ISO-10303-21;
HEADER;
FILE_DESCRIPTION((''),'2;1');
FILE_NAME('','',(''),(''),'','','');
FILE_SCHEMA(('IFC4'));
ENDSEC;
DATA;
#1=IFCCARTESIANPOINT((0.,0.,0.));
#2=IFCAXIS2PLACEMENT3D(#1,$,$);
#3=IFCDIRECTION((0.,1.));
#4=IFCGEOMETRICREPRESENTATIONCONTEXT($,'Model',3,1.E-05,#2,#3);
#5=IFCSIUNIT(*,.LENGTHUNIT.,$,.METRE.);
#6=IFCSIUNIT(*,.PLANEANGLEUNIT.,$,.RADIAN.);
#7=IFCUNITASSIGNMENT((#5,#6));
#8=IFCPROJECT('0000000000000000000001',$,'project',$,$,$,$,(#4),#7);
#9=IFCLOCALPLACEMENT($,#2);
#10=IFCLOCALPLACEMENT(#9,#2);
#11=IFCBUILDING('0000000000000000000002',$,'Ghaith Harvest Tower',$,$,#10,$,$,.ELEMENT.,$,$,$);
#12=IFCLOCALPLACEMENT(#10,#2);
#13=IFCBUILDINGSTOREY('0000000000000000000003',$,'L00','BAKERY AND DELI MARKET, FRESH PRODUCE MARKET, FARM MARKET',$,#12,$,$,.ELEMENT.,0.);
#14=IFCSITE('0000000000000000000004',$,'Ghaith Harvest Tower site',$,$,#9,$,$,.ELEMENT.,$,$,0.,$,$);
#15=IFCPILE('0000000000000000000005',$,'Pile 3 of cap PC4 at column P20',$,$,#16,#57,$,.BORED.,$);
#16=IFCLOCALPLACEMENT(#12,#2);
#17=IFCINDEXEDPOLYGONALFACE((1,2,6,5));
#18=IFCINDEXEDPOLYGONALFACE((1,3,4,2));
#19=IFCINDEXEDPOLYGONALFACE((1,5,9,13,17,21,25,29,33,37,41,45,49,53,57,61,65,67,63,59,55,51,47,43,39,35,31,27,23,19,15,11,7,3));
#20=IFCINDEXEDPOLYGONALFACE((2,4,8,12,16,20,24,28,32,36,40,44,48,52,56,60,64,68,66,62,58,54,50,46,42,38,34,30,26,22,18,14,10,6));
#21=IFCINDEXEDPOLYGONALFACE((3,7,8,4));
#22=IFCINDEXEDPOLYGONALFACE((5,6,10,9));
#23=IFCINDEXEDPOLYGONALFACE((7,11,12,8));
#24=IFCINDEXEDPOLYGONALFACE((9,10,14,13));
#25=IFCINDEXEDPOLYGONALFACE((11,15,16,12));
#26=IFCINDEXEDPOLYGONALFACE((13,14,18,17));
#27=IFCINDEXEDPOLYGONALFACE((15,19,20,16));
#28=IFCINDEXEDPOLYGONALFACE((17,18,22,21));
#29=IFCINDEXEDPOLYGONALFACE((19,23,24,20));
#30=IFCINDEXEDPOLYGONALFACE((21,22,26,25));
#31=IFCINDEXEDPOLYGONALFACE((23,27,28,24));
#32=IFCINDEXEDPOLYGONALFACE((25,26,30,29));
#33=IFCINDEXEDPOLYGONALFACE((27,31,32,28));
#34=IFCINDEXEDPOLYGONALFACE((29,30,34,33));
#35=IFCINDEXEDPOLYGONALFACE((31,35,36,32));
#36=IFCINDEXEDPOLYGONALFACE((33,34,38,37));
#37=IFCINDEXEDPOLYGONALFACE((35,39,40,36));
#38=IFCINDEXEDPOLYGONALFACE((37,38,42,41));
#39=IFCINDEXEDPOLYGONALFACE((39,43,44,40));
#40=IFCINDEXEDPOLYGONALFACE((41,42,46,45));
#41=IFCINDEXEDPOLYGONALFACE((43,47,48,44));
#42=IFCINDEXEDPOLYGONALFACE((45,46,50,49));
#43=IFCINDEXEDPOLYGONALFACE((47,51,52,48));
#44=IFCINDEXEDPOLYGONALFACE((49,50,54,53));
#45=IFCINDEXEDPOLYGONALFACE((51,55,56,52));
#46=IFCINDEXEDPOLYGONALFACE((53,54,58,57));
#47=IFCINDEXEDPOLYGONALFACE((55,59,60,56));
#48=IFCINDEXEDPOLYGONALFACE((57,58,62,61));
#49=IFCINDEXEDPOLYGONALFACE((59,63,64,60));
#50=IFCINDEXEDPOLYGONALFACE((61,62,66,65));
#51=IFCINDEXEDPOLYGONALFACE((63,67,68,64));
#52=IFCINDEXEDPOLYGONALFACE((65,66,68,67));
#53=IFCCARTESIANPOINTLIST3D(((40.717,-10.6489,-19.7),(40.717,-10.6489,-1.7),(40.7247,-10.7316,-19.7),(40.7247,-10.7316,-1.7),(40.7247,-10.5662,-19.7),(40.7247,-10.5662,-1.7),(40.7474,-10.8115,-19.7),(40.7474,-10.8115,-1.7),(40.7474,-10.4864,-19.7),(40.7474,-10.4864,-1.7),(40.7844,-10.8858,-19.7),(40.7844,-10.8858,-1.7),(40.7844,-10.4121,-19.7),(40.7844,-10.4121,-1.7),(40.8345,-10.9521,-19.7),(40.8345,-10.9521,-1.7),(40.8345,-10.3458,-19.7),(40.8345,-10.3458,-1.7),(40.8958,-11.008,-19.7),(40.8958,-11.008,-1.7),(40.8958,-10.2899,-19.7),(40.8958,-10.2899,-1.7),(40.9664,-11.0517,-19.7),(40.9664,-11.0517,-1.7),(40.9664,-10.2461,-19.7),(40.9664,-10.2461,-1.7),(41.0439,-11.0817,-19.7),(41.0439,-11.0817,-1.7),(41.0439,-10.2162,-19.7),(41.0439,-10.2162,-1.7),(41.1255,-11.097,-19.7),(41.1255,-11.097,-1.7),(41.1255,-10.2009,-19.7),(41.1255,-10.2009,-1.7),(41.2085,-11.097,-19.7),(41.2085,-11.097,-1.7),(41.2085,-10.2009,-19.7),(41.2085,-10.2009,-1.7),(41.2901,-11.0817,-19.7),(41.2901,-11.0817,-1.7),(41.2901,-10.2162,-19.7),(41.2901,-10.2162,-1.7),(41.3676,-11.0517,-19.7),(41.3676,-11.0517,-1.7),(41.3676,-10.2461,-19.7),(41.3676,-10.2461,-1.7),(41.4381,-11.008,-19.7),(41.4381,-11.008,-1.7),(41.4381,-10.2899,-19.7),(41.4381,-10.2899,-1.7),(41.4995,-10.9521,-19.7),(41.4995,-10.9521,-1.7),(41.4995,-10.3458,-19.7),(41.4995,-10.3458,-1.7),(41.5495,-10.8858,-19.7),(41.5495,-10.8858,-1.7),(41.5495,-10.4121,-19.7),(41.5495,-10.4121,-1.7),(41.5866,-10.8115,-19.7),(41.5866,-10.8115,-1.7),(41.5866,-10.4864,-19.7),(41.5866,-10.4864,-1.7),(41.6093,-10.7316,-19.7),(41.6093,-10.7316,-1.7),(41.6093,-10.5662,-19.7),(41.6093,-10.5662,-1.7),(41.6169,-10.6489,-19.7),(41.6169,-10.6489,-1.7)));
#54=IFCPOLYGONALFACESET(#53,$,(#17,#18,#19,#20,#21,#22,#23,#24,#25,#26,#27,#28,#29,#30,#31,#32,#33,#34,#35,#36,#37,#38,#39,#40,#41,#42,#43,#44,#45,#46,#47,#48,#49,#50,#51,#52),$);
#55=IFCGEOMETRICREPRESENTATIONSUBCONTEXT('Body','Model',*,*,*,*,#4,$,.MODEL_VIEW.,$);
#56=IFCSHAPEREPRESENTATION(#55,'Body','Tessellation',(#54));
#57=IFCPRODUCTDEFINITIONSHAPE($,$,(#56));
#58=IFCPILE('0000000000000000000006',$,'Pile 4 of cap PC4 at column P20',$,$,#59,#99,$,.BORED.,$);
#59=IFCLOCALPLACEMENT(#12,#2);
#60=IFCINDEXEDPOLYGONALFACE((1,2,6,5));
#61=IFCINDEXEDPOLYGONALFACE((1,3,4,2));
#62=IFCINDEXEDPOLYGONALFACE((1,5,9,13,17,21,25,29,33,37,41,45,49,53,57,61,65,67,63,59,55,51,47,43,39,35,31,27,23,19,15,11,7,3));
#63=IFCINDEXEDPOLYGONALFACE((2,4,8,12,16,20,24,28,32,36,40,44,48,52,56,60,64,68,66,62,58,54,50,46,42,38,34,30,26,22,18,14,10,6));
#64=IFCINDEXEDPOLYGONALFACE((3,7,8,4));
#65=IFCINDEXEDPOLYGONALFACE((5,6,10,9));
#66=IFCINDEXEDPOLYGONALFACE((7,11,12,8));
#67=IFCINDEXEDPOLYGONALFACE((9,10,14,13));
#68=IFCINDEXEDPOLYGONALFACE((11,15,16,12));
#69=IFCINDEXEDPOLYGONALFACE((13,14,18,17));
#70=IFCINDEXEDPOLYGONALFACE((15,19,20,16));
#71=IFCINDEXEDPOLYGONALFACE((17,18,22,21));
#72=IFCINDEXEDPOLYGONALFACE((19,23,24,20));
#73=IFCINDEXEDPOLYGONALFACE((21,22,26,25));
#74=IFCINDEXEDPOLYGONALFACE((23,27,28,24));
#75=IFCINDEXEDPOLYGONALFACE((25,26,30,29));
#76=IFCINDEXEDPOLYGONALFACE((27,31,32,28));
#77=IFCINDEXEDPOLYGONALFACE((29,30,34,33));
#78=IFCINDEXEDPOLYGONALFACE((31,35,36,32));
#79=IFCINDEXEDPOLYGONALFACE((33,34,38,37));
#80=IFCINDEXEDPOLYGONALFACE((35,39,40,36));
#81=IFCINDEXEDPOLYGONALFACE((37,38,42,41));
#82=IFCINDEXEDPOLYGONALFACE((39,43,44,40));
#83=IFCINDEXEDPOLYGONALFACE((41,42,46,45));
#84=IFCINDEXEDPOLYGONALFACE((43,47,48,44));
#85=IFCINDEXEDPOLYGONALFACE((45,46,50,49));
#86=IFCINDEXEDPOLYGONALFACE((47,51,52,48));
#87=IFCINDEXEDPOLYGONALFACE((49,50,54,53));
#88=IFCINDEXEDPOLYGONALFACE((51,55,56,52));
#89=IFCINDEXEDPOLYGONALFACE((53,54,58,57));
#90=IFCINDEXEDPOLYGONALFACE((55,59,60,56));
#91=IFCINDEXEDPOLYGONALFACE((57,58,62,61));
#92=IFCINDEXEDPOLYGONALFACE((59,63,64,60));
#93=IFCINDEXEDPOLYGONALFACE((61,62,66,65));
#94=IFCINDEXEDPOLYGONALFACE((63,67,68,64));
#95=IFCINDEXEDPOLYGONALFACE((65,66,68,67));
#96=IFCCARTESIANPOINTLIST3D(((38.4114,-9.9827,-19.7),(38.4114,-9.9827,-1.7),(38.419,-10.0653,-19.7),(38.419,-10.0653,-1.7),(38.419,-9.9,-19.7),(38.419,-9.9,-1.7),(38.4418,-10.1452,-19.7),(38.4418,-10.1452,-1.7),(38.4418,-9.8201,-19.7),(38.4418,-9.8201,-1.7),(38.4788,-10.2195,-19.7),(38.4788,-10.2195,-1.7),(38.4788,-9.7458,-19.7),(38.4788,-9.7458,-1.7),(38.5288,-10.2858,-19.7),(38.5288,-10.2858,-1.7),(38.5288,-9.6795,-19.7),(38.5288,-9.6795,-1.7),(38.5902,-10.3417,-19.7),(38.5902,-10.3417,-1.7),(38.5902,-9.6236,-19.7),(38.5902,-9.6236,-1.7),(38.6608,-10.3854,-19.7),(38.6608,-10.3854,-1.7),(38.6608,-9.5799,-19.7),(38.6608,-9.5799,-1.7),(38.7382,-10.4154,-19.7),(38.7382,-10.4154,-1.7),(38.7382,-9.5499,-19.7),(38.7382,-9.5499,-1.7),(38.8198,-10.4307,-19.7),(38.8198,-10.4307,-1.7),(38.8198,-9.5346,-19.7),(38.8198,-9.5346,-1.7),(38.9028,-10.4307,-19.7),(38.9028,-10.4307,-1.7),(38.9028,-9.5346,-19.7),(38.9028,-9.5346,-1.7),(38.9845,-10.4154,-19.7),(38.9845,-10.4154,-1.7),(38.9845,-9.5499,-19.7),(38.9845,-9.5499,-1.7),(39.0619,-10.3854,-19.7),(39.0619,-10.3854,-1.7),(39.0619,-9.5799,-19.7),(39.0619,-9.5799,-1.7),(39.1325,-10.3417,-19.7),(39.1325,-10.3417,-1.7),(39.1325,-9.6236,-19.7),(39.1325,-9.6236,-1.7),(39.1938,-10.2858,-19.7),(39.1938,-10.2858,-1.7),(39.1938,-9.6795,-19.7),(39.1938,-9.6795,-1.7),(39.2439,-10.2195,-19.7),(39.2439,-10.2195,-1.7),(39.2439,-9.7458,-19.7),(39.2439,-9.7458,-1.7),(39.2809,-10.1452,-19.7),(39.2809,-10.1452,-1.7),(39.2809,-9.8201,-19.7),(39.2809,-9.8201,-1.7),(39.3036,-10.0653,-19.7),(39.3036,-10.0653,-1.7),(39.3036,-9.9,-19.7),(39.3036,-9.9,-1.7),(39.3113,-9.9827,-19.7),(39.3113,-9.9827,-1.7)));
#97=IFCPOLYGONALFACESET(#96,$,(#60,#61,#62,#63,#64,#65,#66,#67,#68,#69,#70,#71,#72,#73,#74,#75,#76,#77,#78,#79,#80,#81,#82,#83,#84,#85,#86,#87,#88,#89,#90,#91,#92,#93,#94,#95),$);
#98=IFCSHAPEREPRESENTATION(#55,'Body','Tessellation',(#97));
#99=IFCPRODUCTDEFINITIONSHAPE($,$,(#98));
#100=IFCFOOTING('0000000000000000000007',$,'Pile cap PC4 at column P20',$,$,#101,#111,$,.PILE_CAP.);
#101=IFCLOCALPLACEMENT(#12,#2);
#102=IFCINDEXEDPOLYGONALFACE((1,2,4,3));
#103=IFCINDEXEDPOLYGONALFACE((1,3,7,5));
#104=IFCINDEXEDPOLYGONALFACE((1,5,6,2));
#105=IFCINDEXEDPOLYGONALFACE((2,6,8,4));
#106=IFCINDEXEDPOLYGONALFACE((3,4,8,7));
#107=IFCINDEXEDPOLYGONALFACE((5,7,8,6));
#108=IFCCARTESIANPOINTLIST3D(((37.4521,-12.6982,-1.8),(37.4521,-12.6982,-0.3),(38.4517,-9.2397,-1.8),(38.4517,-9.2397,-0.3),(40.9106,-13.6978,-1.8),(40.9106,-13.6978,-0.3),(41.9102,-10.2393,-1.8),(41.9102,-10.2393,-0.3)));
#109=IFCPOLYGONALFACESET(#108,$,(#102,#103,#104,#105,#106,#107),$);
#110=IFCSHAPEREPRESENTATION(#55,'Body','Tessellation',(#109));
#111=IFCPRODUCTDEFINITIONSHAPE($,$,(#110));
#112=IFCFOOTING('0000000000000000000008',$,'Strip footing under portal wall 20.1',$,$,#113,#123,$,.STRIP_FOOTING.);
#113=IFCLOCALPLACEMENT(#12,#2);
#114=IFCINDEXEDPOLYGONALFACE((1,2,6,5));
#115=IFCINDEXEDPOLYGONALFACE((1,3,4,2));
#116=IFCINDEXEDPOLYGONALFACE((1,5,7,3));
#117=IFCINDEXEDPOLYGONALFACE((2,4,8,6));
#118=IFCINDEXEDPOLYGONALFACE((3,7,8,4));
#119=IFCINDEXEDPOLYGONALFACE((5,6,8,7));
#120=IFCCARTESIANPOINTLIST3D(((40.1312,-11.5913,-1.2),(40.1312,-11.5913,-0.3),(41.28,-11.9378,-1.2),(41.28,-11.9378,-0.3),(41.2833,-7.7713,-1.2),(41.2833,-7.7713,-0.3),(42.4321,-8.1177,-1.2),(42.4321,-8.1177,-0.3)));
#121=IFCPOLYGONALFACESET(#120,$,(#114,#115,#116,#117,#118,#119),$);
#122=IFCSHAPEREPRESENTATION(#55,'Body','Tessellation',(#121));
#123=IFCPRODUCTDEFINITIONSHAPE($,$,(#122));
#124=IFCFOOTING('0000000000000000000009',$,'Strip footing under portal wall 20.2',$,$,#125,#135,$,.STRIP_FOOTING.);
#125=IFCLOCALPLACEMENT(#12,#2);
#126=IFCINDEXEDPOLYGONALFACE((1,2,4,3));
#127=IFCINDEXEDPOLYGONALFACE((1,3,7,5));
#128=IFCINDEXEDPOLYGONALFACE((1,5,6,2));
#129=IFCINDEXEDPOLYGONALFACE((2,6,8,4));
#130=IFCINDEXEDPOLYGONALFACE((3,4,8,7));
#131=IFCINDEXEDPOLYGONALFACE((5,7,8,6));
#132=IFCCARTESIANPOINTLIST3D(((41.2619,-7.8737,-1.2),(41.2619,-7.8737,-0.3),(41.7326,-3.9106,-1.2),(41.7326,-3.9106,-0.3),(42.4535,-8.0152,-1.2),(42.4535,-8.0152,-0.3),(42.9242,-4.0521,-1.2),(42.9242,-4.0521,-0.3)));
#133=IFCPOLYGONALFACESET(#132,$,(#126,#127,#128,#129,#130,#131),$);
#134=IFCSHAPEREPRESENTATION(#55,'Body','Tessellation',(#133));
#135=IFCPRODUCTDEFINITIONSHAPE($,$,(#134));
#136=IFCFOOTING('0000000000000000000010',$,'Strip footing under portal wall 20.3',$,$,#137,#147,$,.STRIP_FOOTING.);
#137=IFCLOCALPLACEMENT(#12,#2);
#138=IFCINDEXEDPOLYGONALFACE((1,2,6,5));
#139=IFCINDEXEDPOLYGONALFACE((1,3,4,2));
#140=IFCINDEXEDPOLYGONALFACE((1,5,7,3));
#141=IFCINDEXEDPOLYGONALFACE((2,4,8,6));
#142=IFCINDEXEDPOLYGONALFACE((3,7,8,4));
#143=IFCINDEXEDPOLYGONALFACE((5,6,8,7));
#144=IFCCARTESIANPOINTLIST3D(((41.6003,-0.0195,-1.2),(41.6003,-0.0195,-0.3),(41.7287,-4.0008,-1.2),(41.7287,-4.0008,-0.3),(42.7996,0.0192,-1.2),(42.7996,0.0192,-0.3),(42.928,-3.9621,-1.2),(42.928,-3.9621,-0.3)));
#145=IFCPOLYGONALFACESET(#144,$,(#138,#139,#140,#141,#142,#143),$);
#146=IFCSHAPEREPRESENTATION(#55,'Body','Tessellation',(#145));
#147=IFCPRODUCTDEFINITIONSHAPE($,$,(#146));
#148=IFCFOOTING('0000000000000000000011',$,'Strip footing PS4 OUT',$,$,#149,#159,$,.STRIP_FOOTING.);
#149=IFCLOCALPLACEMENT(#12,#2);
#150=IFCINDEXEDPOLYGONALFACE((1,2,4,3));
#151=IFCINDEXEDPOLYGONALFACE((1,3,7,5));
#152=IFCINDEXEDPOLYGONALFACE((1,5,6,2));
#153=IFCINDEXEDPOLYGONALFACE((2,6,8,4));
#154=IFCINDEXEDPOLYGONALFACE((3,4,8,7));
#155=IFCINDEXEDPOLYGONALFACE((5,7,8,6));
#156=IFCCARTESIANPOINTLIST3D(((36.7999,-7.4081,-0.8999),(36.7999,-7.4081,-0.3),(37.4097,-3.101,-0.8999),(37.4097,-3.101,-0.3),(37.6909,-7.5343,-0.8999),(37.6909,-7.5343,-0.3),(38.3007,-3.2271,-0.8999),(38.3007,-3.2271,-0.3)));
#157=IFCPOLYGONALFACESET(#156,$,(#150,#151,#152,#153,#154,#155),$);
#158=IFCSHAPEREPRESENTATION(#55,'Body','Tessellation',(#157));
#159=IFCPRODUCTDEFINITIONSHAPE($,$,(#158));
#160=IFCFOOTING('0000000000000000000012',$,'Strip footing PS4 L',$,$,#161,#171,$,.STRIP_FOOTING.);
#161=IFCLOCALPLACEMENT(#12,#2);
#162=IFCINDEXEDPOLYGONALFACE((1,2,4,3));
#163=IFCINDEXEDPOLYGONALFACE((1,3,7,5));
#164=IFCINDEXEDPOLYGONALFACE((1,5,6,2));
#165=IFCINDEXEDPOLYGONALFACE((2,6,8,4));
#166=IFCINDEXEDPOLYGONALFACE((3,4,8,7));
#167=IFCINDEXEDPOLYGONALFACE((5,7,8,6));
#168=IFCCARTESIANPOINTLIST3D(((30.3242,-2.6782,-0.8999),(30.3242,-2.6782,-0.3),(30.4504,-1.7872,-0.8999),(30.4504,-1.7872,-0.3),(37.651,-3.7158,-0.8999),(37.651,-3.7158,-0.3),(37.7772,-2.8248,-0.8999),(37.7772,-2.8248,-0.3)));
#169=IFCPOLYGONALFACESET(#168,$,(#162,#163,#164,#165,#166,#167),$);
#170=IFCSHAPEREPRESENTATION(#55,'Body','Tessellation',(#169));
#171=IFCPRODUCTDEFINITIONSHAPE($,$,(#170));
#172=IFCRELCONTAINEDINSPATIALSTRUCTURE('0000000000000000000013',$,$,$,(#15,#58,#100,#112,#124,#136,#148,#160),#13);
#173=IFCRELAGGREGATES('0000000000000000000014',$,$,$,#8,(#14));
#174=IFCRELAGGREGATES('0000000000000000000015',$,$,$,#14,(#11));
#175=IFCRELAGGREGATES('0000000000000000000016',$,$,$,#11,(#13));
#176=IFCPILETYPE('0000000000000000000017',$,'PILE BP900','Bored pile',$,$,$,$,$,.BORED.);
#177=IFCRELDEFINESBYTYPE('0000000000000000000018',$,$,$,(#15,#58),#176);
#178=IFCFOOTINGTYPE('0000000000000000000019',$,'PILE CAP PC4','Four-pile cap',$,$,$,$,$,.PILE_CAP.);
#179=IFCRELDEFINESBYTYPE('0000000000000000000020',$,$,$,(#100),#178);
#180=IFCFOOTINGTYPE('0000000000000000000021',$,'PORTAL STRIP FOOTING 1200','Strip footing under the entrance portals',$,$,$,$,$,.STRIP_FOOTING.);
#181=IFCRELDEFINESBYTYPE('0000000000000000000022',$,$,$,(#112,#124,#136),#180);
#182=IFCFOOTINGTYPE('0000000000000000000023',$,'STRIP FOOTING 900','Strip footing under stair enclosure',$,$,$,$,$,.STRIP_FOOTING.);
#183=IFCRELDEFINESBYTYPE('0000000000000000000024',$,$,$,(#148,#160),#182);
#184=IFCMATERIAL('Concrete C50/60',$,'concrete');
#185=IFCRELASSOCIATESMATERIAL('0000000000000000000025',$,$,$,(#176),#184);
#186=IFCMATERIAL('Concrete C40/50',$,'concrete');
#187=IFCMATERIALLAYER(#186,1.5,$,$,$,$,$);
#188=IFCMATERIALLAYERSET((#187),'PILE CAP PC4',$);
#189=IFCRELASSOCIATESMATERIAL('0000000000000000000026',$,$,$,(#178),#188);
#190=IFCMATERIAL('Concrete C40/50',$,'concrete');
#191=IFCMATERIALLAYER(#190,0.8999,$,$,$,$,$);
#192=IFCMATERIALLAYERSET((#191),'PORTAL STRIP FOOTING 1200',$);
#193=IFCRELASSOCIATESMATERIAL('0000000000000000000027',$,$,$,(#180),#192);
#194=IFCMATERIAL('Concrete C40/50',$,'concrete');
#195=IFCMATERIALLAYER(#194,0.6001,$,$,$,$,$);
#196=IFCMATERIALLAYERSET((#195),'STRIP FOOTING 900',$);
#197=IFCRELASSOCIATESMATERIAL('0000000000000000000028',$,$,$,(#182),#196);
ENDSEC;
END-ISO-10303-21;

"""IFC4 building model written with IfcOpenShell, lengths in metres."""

from ifc_helpers import new_model, si_unit, direction, frame, frame_2d, origin, origin_2d, place, context, subcontext, project, spatial, rectangle, circle, extrude, material, layer, layer_set, material_profile, profile_set, type_object, element, save


model = new_model("IFC4")

# Units and contexts
model_context = context("Model", 3, precision=1e-05, world=origin(), true_north=direction((0.0, 1.0)))
body_context = subcontext(model_context, "Body", "Model", "MODEL_VIEW")
ifc_project = project(units=[si_unit("LENGTHUNIT", "METRE"), si_unit("PLANEANGLEUNIT", "RADIAN")], contexts=[model_context])

# Site, building, storey
site_placement = place(None, origin())
site = spatial("IfcSite", under=ifc_project, at=site_placement, Name="Ghaith Harvest Tower site", CompositionType="ELEMENT", RefElevation=0.0)
building_placement = place(site_placement, origin())
building = spatial("IfcBuilding", under=site, at=building_placement, Name="Ghaith Harvest Tower", CompositionType="ELEMENT")
storey_placement = place(building_placement, origin())
storey = spatial("IfcBuildingStorey", under=building, at=storey_placement, Name="L00", Description="BAKERY AND DELI MARKET, FRESH PRODUCE MARKET, FARM MARKET", CompositionType="ELEMENT", Elevation=0.0)

# Piles
ifc_material_1 = material(Name="Concrete C50/60", Category="concrete")
ifc_material_profile_1 = material_profile(ifc_material_1, circle(Radius=0.45, at=origin_2d()), Name="PILE900")
ifc_profile_set_1 = profile_set([ifc_material_profile_1], Name="Concrete C50/60")
pile_type = type_object("IfcPileType", Name="PILE BP900", Description="Bored pile", PredefinedType="BORED", material=ifc_profile_set_1)
for number, where, z_axis, x_axis, name in (
    (1, (41.167, -10.6489, -1.7), (0.0, 0.0, -1.0), (1.0, 0.0, 0.0), "Pile 3 of cap PC4 at column P20"),
    (2, (38.8613, -9.9827, -1.7), (0.0, 0.0, -1.0), (1.0, 0.0, 0.0), "Pile 4 of cap PC4 at column P20"),
):
    element("IfcPile", number, at=place(storey_placement, frame(where, z_axis=z_axis, x_axis=x_axis)), inside=storey, type_object=pile_type, Name=name, PredefinedType="BORED", context=body_context, shape_type="SweptSolid", body=[
        extrude(circle(Radius=0.45, at=origin_2d()), origin(), (0.0, 0.0, 1.0), 18.0),
    ])

# Footings
ifc_material_2 = material(Name="Concrete C40/50", Category="concrete")
ifc_layer_1 = layer(ifc_material_2, 1.5)
ifc_layer_set_1 = layer_set([ifc_layer_1], Name="PILE CAP PC4")
footing_type_1 = type_object("IfcFootingType", Name="PILE CAP PC4", Description="Four-pile cap", PredefinedType="PILE_CAP", material=ifc_layer_set_1)
footing_1_placement = place(storey_placement, frame((39.6812, -11.4688, -1.8), z_axis=(0.0, 0.0, 1.0), x_axis=(0.96068, -0.277657, 0.0)))
element("IfcFooting", 3, at=footing_1_placement, inside=storey, type_object=footing_type_1, Name="Pile cap PC4 at column P20", PredefinedType="PILE_CAP", context=body_context, shape_type="SweptSolid", body=[
    extrude(rectangle(XDim=3.6001, YDim=3.6001, at=origin_2d()), origin(), (0.0, 0.0, 1.0), 1.5),
])
ifc_material_3 = material(Name="Concrete C40/50", Category="concrete")
ifc_layer_2 = layer(ifc_material_3, 0.8999)
ifc_layer_set_2 = layer_set([ifc_layer_2], Name="PORTAL STRIP FOOTING 1200")
footing_type_2 = type_object("IfcFootingType", Name="PORTAL STRIP FOOTING 1200", Description="Strip footing under the entrance portals", PredefinedType="STRIP_FOOTING", material=ifc_layer_set_2)
footing_2_placement = place(storey_placement, frame((40.7056, -11.7646, -1.2), z_axis=(0.0, 0.0, 1.0), x_axis=(0.288745, 0.957406, 0.0)))
element("IfcFooting", 4, at=footing_2_placement, inside=storey, type_object=footing_type_2, Name="Strip footing under portal wall 20.1", PredefinedType="STRIP_FOOTING", context=body_context, shape_type="SweptSolid", body=[
    extrude(rectangle(XDim=3.99, YDim=1.2, at=frame_2d((1.9951, 0.0))), origin(), (0.0, 0.0, 1.0), 0.8999),
])
footing_3_placement = place(storey_placement, frame((41.8577, -7.9446, -1.2), z_axis=(0.0, 0.0, 1.0), x_axis=(0.117941, 0.993021, 0.0)))
element("IfcFooting", 5, at=footing_3_placement, inside=storey, type_object=footing_type_2, Name="Strip footing under portal wall 20.2", PredefinedType="STRIP_FOOTING", context=body_context, shape_type="SweptSolid", body=[
    extrude(rectangle(XDim=3.991, YDim=1.2, at=frame_2d((1.9956, 0.0))), origin(), (0.0, 0.0, 1.0), 0.8999),
])
footing_4_placement = place(storey_placement, frame((42.3284, -3.9814, -1.2), z_axis=(0.0, 0.0, 1.0), x_axis=(-0.032237, 0.99948, 0.0)))
element("IfcFooting", 6, at=footing_4_placement, inside=storey, type_object=footing_type_2, Name="Strip footing under portal wall 20.3", PredefinedType="STRIP_FOOTING", context=body_context, shape_type="SweptSolid", body=[
    extrude(rectangle(XDim=3.9834, YDim=1.2, at=frame_2d((1.9917, 0.0))), origin(), (0.0, 0.0, 1.0), 0.8999),
])
ifc_material_4 = material(Name="Concrete C40/50", Category="concrete")
ifc_layer_3 = layer(ifc_material_4, 0.6001)
ifc_layer_set_3 = layer_set([ifc_layer_3], Name="STRIP FOOTING 900")
footing_type_3 = type_object("IfcFootingType", Name="STRIP FOOTING 900", Description="Strip footing under stair enclosure", PredefinedType="STRIP_FOOTING", material=ifc_layer_set_3)
footing_5_placement = place(storey_placement, frame((37.8552, -3.1641, -0.8999), z_axis=(0.0, 0.0, 1.0), x_axis=(-0.140196, -0.990124, 0.0)))
element("IfcFooting", 7, at=footing_5_placement, inside=storey, type_object=footing_type_3, Name="Strip footing PS4 OUT", PredefinedType="STRIP_FOOTING", context=body_context, shape_type="SweptSolid", body=[
    extrude(rectangle(XDim=4.3501, YDim=0.8999, at=frame_2d((2.175, 0.0))), origin(), (0.0, 0.0, 1.0), 0.5999),
])
footing_6_placement = place(storey_placement, frame((37.7141, -3.2703, -0.8999), z_axis=(0.0, 0.0, 1.0), x_axis=(-0.990121, 0.140216, 0.0)))
element("IfcFooting", 8, at=footing_6_placement, inside=storey, type_object=footing_type_3, Name="Strip footing PS4 L", PredefinedType="STRIP_FOOTING", context=body_context, shape_type="SweptSolid", body=[
    extrude(rectangle(XDim=7.3999, YDim=0.8999, at=frame_2d((3.7, 0.0))), origin(), (0.0, 0.0, 1.0), 0.5999),
])

save(model, "model.ifc")
